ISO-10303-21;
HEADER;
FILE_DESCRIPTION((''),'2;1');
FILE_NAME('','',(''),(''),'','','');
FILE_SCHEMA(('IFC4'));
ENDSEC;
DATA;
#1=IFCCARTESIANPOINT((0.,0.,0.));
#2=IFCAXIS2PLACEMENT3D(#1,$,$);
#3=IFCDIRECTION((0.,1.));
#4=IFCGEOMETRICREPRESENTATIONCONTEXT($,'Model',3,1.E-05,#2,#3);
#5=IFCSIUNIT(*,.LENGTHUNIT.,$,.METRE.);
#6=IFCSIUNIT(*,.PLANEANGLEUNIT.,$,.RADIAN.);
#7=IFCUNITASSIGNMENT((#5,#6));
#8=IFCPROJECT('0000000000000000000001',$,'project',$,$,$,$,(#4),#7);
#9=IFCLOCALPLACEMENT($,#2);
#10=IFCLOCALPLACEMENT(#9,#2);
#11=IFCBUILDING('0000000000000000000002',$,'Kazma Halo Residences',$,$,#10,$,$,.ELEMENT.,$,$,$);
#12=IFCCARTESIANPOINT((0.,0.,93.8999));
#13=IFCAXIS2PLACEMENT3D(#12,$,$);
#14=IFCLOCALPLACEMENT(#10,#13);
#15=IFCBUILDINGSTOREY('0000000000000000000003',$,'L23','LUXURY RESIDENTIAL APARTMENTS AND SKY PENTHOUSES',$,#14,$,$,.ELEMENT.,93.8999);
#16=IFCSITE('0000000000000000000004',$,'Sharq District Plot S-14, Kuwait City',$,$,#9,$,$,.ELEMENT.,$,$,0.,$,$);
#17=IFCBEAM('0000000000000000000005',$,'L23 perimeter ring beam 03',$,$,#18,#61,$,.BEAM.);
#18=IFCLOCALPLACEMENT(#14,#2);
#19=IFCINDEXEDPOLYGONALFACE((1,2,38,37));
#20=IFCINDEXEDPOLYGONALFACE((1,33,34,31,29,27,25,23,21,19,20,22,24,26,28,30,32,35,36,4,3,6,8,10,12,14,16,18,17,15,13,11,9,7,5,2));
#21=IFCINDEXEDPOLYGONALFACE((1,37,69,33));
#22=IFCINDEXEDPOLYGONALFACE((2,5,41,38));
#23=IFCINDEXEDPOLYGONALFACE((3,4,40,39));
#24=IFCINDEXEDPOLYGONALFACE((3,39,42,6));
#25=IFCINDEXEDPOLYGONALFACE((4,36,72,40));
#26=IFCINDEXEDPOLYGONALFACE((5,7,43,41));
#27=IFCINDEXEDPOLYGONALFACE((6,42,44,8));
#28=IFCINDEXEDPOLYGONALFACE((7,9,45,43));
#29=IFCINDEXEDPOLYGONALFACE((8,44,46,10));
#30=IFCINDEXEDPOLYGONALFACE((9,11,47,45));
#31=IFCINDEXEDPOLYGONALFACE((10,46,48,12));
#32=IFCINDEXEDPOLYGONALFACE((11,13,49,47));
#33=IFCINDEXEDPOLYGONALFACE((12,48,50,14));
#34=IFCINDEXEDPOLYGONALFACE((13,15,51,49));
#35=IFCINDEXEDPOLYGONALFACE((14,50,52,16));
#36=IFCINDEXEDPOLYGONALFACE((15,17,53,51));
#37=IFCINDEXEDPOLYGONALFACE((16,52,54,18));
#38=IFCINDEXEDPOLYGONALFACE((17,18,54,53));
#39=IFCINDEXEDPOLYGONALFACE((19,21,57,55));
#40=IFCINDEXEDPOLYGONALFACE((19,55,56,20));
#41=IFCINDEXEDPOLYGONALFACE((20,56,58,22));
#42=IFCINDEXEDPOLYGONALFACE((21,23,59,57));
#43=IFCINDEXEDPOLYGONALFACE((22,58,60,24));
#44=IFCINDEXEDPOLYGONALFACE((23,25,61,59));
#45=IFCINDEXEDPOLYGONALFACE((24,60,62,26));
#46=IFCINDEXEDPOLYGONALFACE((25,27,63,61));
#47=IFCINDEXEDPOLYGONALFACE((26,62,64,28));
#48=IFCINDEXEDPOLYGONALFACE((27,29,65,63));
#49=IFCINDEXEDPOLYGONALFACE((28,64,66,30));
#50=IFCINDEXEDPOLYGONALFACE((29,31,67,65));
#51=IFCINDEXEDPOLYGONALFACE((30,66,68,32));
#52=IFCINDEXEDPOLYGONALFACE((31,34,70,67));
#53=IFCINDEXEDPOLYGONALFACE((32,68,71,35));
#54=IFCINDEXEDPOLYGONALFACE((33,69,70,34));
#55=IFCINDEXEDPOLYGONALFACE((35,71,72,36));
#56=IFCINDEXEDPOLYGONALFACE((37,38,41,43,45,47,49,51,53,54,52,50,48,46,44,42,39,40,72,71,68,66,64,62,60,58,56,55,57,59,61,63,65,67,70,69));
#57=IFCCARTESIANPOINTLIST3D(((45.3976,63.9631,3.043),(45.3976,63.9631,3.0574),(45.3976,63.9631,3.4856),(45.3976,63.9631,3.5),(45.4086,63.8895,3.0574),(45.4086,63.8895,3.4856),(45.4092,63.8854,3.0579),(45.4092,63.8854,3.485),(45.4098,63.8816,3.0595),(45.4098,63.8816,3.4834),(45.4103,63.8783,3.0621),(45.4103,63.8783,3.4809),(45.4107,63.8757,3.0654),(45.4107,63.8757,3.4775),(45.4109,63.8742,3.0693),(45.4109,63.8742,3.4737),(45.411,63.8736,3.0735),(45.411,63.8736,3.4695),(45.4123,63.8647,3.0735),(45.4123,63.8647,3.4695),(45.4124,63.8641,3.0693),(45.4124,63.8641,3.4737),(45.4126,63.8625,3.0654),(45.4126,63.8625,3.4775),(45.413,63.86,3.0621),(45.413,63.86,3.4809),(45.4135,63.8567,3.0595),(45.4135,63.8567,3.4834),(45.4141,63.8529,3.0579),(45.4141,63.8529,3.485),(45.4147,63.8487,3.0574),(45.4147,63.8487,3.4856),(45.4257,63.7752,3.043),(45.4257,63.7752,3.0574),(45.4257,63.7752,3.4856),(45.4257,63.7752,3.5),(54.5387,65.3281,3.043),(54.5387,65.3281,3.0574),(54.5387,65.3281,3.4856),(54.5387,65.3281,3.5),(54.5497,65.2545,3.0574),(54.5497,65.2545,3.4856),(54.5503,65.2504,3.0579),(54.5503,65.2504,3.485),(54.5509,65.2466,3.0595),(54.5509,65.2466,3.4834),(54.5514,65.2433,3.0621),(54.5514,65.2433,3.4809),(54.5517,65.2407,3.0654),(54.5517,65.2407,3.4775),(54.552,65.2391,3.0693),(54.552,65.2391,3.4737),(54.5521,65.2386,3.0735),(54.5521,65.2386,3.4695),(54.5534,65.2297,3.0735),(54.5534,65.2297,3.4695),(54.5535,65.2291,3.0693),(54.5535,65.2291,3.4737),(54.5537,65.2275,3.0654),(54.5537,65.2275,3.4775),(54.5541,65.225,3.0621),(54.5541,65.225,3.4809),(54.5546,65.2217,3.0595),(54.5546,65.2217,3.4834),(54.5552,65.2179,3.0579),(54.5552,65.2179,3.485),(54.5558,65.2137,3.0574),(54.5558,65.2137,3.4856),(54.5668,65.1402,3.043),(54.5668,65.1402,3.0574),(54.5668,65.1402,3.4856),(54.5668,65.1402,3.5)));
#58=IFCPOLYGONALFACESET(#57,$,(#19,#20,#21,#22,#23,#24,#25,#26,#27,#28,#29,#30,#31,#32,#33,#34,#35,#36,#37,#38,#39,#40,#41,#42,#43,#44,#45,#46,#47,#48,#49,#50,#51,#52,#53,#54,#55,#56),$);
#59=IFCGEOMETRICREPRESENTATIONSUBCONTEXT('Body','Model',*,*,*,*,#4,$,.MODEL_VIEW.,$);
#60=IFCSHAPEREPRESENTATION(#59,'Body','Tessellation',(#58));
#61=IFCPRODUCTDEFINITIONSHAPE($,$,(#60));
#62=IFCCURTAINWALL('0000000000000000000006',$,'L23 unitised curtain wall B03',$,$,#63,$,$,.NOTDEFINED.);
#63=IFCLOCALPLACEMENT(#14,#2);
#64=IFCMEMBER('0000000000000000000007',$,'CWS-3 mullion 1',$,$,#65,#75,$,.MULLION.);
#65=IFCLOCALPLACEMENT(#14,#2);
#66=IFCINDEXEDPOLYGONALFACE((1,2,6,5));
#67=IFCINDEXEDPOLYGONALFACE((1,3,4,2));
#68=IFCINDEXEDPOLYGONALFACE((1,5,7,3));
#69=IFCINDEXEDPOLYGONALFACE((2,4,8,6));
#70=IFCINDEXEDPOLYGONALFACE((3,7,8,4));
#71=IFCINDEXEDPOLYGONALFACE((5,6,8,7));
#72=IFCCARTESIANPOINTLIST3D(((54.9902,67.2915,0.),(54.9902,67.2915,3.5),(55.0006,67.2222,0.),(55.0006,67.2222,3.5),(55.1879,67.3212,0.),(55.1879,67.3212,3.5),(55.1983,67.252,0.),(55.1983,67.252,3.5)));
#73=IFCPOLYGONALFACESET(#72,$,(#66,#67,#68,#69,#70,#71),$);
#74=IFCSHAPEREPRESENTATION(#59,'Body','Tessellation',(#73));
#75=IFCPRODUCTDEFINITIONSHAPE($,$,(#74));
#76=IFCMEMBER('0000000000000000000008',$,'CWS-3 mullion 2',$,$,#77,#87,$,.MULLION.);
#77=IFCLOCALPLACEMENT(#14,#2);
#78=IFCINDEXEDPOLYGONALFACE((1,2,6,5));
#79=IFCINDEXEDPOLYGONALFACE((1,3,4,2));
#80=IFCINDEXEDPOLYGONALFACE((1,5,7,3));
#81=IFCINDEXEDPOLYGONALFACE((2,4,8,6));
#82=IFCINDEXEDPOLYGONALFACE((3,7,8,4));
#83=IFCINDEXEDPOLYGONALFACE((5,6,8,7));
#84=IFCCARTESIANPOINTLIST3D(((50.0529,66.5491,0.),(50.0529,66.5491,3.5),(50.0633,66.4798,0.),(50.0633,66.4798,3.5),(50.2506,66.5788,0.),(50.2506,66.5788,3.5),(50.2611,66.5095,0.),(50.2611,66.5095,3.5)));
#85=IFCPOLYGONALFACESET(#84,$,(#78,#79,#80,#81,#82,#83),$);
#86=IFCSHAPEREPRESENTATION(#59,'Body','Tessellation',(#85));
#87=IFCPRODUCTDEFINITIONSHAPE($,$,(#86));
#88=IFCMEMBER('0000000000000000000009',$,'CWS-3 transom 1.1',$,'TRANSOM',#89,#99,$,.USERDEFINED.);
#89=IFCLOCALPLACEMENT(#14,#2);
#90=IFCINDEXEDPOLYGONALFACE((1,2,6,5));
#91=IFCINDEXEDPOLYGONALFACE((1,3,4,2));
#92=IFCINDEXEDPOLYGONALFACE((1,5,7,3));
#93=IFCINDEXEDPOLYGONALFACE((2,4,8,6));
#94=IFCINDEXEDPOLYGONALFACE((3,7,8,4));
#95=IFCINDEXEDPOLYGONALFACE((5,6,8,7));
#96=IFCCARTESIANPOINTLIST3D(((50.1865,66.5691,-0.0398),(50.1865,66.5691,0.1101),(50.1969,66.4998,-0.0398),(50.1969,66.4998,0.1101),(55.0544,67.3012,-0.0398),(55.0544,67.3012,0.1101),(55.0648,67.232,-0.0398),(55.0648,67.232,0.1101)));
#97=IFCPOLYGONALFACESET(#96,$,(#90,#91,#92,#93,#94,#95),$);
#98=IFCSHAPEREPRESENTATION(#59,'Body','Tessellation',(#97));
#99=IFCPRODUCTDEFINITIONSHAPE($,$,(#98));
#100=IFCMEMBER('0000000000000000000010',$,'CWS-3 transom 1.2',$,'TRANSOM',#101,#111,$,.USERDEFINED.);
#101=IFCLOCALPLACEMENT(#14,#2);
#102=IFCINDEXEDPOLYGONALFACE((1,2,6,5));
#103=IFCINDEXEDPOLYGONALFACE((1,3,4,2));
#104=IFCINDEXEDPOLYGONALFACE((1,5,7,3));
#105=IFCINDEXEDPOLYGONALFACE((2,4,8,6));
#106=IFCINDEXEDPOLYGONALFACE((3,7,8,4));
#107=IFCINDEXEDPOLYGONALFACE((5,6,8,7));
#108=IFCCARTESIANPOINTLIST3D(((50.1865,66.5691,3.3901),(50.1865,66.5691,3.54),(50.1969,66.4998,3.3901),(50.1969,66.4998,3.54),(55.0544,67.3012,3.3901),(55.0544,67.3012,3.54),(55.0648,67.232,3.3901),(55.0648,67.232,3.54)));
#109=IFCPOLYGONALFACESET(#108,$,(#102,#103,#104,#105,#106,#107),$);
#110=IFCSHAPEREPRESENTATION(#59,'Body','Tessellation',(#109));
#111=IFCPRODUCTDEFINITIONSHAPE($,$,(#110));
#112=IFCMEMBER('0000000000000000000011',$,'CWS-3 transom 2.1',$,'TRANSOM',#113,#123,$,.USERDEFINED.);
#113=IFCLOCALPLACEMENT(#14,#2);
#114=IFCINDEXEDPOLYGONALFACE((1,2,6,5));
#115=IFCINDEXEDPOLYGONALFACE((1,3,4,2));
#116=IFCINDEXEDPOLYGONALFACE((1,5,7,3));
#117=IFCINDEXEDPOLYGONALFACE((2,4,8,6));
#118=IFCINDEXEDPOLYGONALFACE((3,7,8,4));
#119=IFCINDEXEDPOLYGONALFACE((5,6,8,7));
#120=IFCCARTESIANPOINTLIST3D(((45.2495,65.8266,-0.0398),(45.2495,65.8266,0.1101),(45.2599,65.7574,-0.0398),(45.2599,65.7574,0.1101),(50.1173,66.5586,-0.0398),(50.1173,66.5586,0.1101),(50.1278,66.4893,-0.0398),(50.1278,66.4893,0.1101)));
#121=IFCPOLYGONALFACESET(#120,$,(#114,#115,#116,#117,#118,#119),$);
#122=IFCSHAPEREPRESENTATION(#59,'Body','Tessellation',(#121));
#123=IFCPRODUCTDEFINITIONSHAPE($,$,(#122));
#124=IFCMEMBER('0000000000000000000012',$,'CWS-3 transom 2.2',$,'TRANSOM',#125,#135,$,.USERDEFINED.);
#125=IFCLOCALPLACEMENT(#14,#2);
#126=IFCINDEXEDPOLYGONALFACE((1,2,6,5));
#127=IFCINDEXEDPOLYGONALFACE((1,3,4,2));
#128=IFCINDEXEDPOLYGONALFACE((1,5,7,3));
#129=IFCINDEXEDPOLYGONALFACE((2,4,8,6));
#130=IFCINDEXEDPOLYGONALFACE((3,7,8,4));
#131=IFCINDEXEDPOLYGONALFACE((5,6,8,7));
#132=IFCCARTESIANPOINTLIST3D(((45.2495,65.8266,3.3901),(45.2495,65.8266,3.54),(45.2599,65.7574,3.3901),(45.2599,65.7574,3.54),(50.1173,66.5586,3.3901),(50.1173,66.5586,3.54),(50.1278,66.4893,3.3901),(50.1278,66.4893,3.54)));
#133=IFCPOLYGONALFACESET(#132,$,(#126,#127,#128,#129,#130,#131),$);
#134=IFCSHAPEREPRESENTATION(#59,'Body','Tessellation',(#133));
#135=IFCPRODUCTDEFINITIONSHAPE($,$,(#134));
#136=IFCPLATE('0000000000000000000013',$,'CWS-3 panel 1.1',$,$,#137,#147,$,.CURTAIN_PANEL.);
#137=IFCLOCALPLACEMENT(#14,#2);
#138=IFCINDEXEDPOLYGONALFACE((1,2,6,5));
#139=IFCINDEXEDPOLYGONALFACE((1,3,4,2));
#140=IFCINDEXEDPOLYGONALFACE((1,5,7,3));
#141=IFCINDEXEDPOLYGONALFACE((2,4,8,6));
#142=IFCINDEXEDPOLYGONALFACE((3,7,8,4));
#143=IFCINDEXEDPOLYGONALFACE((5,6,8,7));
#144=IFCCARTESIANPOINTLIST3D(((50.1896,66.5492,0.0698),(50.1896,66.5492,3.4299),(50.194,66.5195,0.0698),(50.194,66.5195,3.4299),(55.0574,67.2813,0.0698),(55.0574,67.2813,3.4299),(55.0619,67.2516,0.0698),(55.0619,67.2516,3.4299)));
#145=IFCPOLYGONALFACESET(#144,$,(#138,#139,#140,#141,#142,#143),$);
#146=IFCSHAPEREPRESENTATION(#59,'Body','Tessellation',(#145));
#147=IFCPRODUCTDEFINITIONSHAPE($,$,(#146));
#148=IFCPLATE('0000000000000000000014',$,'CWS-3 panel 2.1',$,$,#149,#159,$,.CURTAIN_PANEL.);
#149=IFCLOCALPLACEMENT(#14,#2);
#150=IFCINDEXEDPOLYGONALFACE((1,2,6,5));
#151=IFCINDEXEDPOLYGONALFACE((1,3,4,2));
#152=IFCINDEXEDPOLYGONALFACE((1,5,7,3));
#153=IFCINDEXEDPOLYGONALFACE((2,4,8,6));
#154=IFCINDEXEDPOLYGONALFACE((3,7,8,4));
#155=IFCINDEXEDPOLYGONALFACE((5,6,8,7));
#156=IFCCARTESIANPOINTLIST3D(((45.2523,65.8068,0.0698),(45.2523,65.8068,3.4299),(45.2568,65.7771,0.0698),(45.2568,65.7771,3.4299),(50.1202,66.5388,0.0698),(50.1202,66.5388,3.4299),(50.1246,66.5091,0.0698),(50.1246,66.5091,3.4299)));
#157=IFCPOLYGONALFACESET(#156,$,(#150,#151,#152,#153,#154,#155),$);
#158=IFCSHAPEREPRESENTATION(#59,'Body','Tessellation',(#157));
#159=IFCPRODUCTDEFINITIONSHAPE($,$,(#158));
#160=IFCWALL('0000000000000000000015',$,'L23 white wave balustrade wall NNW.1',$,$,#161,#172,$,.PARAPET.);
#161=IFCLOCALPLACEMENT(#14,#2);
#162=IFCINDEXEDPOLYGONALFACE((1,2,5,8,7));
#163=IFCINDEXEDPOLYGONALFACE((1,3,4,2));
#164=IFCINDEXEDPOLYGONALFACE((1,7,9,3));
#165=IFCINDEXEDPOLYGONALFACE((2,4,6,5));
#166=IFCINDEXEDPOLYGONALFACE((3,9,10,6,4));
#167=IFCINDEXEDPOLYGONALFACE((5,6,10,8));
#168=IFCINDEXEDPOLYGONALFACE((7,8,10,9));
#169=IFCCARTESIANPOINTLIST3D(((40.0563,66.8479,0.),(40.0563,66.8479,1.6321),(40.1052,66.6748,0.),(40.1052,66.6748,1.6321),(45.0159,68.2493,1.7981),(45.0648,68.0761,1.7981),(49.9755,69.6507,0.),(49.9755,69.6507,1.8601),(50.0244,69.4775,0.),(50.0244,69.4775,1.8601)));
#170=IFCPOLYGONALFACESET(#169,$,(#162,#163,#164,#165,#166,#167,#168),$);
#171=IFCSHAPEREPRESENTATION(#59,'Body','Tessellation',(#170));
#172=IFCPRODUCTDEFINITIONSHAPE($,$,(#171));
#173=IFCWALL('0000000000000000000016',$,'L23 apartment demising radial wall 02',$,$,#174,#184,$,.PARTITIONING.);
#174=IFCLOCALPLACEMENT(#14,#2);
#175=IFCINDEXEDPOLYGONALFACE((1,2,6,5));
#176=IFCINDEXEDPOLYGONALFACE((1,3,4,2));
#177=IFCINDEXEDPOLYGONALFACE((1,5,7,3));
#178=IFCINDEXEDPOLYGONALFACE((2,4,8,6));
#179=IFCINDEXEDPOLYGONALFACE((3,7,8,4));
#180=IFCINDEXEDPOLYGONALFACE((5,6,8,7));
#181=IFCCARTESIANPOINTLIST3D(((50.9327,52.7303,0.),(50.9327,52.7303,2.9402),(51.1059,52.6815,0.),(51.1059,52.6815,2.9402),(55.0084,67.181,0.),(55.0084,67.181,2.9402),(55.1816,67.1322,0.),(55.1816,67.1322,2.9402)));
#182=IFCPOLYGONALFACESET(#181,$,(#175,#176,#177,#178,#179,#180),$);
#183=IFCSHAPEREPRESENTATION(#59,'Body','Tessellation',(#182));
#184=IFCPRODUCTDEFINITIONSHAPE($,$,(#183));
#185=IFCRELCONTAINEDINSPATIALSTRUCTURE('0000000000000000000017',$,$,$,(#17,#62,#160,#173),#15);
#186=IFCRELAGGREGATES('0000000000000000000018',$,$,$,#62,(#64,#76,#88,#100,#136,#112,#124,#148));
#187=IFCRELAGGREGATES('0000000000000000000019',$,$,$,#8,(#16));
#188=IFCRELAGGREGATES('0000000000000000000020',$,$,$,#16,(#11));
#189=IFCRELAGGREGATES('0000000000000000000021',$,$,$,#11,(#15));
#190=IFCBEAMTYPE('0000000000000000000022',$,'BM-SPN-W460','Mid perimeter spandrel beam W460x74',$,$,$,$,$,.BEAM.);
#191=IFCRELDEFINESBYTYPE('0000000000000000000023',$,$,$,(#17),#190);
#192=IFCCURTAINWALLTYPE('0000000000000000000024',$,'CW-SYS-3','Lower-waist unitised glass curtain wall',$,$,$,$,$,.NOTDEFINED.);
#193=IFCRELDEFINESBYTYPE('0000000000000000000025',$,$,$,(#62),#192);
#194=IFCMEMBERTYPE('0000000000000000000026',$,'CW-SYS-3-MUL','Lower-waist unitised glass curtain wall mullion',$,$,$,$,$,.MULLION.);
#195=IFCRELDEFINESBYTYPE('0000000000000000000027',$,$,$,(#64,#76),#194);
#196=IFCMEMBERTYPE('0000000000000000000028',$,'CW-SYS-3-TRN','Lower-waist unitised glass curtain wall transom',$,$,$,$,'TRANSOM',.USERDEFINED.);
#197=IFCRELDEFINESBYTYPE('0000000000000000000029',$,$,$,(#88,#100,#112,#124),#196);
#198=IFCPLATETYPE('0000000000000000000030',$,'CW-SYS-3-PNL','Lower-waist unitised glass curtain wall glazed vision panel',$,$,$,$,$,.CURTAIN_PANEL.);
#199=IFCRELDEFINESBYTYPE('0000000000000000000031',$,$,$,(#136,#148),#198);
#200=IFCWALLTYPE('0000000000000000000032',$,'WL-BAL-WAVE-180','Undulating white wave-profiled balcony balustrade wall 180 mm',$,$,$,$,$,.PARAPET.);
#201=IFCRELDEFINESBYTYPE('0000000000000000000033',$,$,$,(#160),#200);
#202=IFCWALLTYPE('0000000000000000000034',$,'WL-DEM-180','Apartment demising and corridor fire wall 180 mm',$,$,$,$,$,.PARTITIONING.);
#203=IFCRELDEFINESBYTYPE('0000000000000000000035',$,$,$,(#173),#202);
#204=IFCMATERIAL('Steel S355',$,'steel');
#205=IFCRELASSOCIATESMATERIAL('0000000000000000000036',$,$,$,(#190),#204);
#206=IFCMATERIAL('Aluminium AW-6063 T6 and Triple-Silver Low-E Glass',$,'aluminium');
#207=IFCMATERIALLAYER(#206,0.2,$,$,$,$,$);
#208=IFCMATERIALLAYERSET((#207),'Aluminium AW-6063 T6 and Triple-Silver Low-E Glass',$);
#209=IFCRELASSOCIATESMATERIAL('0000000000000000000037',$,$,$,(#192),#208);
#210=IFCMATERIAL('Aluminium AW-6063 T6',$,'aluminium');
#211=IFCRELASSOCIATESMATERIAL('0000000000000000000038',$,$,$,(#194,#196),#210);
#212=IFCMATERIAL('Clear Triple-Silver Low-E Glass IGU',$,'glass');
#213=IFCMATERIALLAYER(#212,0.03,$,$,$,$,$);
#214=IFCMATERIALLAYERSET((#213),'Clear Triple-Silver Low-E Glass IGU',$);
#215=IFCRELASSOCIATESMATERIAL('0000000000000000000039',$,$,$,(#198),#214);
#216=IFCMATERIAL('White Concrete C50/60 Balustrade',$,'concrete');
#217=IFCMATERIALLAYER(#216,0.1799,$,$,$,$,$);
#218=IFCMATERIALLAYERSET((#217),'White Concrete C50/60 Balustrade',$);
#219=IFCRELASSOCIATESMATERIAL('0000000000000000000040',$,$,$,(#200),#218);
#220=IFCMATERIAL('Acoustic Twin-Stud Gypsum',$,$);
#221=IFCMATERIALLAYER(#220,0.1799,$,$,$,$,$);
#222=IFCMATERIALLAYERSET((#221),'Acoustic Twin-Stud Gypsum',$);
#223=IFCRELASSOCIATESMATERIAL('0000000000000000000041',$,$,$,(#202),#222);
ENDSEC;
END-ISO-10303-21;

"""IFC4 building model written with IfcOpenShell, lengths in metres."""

from ifc_helpers import new_model, si_unit, direction, frame, frame_2d, origin, origin_2d, place, context, subcontext, project, spatial, polyline, rectangle, i_section, outline, extrude, material, layer, layer_set, material_profile, profile_set, type_object, element, aggregate, save


model = new_model("IFC4")

# Units and contexts
model_context = context("Model", 3, precision=1e-05, world=origin(), true_north=direction((0.0, 1.0)))
body_context = subcontext(model_context, "Body", "Model", "MODEL_VIEW")
ifc_project = project(units=[si_unit("LENGTHUNIT", "METRE"), si_unit("PLANEANGLEUNIT", "RADIAN")], contexts=[model_context])

# Site, building, storey
site_placement = place(None, origin())
site = spatial("IfcSite", under=ifc_project, at=site_placement, Name="Sharq District Plot S-14, Kuwait City", CompositionType="ELEMENT", RefElevation=0.0)
building_placement = place(site_placement, origin())
building = spatial("IfcBuilding", under=site, at=building_placement, Name="Kazma Halo Residences", CompositionType="ELEMENT")
storey_placement = place(building_placement, frame((0.0, 0.0, 93.8999)))
storey = spatial("IfcBuildingStorey", under=building, at=storey_placement, Name="L23", Description="LUXURY RESIDENTIAL APARTMENTS AND SKY PENTHOUSES", CompositionType="ELEMENT", Elevation=93.8999)

# Beam
ifc_material_1 = material(Name="Steel S355", Category="steel")
ifc_material_profile_1 = material_profile(ifc_material_1, i_section(OverallWidth=0.1899, OverallDepth=0.457, WebThickness=0.009, FlangeThickness=0.0144, FilletRadius=0.0161, at=origin_2d()), Name="W460x74")
ifc_profile_set_1 = profile_set([ifc_material_profile_1], Name="Steel S355")
beam_type_1 = type_object("IfcBeamType", Name="BM-SPN-W460", Description="Mid perimeter spandrel beam W460x74", PredefinedType="BEAM", material=ifc_profile_set_1)
beam_1_placement = place(storey_placement, frame((54.5527, 65.2341, 3.2715), z_axis=(-0.989034, -0.147687, 0.0), x_axis=(0.147687, -0.989034, 0.0)))
element("IfcBeam", 1, at=beam_1_placement, inside=storey, type_object=beam_type_1, Name="L23 perimeter ring beam 03", PredefinedType="BEAM", context=body_context, shape_type="SweptSolid", body=[
    extrude(i_section(OverallWidth=0.1899, OverallDepth=0.457, WebThickness=0.009, FlangeThickness=0.0144, FilletRadius=0.0161, at=origin_2d()), origin(), (0.0, 0.0, 1.0), 9.2424),
])

# Curtain wall, members, plates
ifc_material_2 = material(Name="Aluminium AW-6063 T6 and Triple-Silver Low-E Glass", Category="aluminium")
ifc_layer_1 = layer(ifc_material_2, 0.2)
ifc_layer_set_1 = layer_set([ifc_layer_1], Name="Aluminium AW-6063 T6 and Triple-Silver Low-E Glass")
curtain_wall_type = type_object("IfcCurtainWallType", Name="CW-SYS-3", Description="Lower-waist unitised glass curtain wall", PredefinedType="NOTDEFINED", material=ifc_layer_set_1)
curtain_wall_placement = place(storey_placement, origin())
curtain_wall = element("IfcCurtainWall", 2, at=curtain_wall_placement, inside=storey, type_object=curtain_wall_type, Name="L23 unitised curtain wall B03", PredefinedType="NOTDEFINED")
ifc_material_3 = material(Name="Aluminium AW-6063 T6", Category="aluminium")
ifc_material_profile_2 = material_profile(ifc_material_3, rectangle(XDim=0.0701, YDim=0.2, at=origin_2d()), Name="CWM-70x200")
ifc_profile_set_2 = profile_set([ifc_material_profile_2], Name="Aluminium AW-6063 T6")
member_type_1 = type_object("IfcMemberType", Name="CW-SYS-3-MUL", Description="Lower-waist unitised glass curtain wall mullion", PredefinedType="MULLION", material=ifc_profile_set_2)
member_1_placement = place(storey_placement, frame((55.0942, 67.2717, 0.0), z_axis=(0.0, 0.0, 1.0), x_axis=(0.148717, -0.98888, 0.0)))
member_1 = element("IfcMember", 3, at=member_1_placement, type_object=member_type_1, Name="CWS-3 mullion 1", PredefinedType="MULLION", context=body_context, shape_type="SweptSolid", body=[
    extrude(rectangle(XDim=0.0701, YDim=0.2, at=origin_2d()), origin(), (0.0, 0.0, 1.0), 3.5),
])
member_2_placement = place(storey_placement, frame((50.157, 66.5293, 0.0), z_axis=(0.0, 0.0, 1.0), x_axis=(0.148717, -0.98888, 0.0)))
member_2 = element("IfcMember", 4, at=member_2_placement, type_object=member_type_1, Name="CWS-3 mullion 2", PredefinedType="MULLION", context=body_context, shape_type="SweptSolid", body=[
    extrude(rectangle(XDim=0.0701, YDim=0.2, at=origin_2d()), origin(), (0.0, 0.0, 1.0), 3.5),
])
ifc_material_profile_3 = material_profile(ifc_material_3, rectangle(XDim=0.0701, YDim=0.1499, at=origin_2d()), Name="CWT-70x150")
ifc_profile_set_3 = profile_set([ifc_material_profile_3], Name="Aluminium AW-6063 T6")
member_type_2 = type_object("IfcMemberType", Name="CW-SYS-3-TRN", Description="Lower-waist unitised glass curtain wall transom", ElementType="TRANSOM", PredefinedType="USERDEFINED", material=ifc_profile_set_3)
member_3_placement = place(storey_placement, frame((55.0596, 67.2666, 0.0352), z_axis=(-0.988877, -0.148736, 0.0), x_axis=(0.148736, -0.988877, 0.0)))
member_3 = element("IfcMember", 5, at=member_3_placement, type_object=member_type_2, Name="CWS-3 transom 1.1", ObjectType="TRANSOM", PredefinedType="USERDEFINED", context=body_context, shape_type="SweptSolid", body=[
    extrude(rectangle(XDim=0.0701, YDim=0.1499, at=origin_2d()), origin(), (0.0, 0.0, 1.0), 4.9226),
])
member_4_placement = place(storey_placement, frame((55.0596, 67.2666, 3.4651), z_axis=(-0.988877, -0.148736, 0.0), x_axis=(0.148736, -0.988877, 0.0)))
member_4 = element("IfcMember", 6, at=member_4_placement, type_object=member_type_2, Name="CWS-3 transom 1.2", ObjectType="TRANSOM", PredefinedType="USERDEFINED", context=body_context, shape_type="SweptSolid", body=[
    extrude(rectangle(XDim=0.0701, YDim=0.1499, at=origin_2d()), origin(), (0.0, 0.0, 1.0), 4.9226),
])
member_5_placement = place(storey_placement, frame((50.1226, 66.5239, 0.0352), z_axis=(-0.988884, -0.148687, 0.0), x_axis=(0.148687, -0.988884, 0.0)))
member_5 = element("IfcMember", 7, at=member_5_placement, type_object=member_type_2, Name="CWS-3 transom 2.1", ObjectType="TRANSOM", PredefinedType="USERDEFINED", context=body_context, shape_type="SweptSolid", body=[
    extrude(rectangle(XDim=0.0701, YDim=0.1499, at=origin_2d()), origin(), (0.0, 0.0, 1.0), 4.9226),
])
member_6_placement = place(storey_placement, frame((50.1226, 66.5239, 3.4651), z_axis=(-0.988884, -0.148687, 0.0), x_axis=(0.148687, -0.988884, 0.0)))
member_6 = element("IfcMember", 8, at=member_6_placement, type_object=member_type_2, Name="CWS-3 transom 2.2", ObjectType="TRANSOM", PredefinedType="USERDEFINED", context=body_context, shape_type="SweptSolid", body=[
    extrude(rectangle(XDim=0.0701, YDim=0.1499, at=origin_2d()), origin(), (0.0, 0.0, 1.0), 4.9226),
])
ifc_material_4 = material(Name="Clear Triple-Silver Low-E Glass IGU", Category="glass")
ifc_layer_2 = layer(ifc_material_4, 0.03)
ifc_layer_set_2 = layer_set([ifc_layer_2], Name="Clear Triple-Silver Low-E Glass IGU")
plate_type = type_object("IfcPlateType", Name="CW-SYS-3-PNL", Description="Lower-waist unitised glass curtain wall glazed vision panel", PredefinedType="CURTAIN_PANEL", material=ifc_layer_set_2)
plate_1_placement = place(storey_placement, frame((52.6257, 66.9004, 0.0698), z_axis=(0.0, 0.0, 1.0), x_axis=(-0.98888, -0.148717, 0.0)))
plate_1 = element("IfcPlate", 9, at=plate_1_placement, type_object=plate_type, Name="CWS-3 panel 1.1", PredefinedType="CURTAIN_PANEL", context=body_context, shape_type="SweptSolid", body=[
    extrude(rectangle(XDim=4.9226, YDim=0.03, at=origin_2d()), origin(), (0.0, 0.0, 1.0), 3.3601),
])
plate_2_placement = place(storey_placement, frame((47.6885, 66.158, 0.0698), z_axis=(0.0, 0.0, 1.0), x_axis=(-0.98888, -0.148717, 0.0)))
plate_2 = element("IfcPlate", 10, at=plate_2_placement, type_object=plate_type, Name="CWS-3 panel 2.1", PredefinedType="CURTAIN_PANEL", context=body_context, shape_type="SweptSolid", body=[
    extrude(rectangle(XDim=4.9226, YDim=0.03, at=origin_2d()), origin(), (0.0, 0.0, 1.0), 3.3601),
])
aggregate(curtain_wall, [member_1, member_2, member_3, member_4, plate_1, member_5, member_6, plate_2])

# Walls
ifc_material_5 = material(Name="White Concrete C50/60 Balustrade", Category="concrete")
ifc_layer_3 = layer(ifc_material_5, 0.1799)
ifc_layer_set_3 = layer_set([ifc_layer_3], Name="White Concrete C50/60 Balustrade")
wall_type_1 = type_object("IfcWallType", Name="WL-BAL-WAVE-180", Description="Undulating white wave-profiled balcony balustrade wall 180 mm", PredefinedType="PARAPET", material=ifc_layer_set_3)
wall_1_placement = place(storey_placement, frame((50.0, 69.564, 0.0), z_axis=(0.0, 0.0, 1.0), x_axis=(-0.962322, -0.271911, 0.0)))
element("IfcWall", 11, at=wall_1_placement, inside=storey, type_object=wall_type_1, Name="L23 white wave balustrade wall NNW.1", PredefinedType="PARAPET", context=body_context, shape_type="SweptSolid", body=[
    extrude(outline(polyline([(0.0, 0.0), (10.3076, 0.0), (10.3076, 1.6321), (5.1538, 1.7981), (0.0, 1.8601), (0.0, 0.0)])), frame((0.0, 0.0898, 0.0), z_axis=(0.0, -1.0, 0.0), x_axis=(1.0, 0.0, 0.0)), (0.0, 0.0, 1.0), 0.1799),
])
ifc_material_6 = material(Name="Acoustic Twin-Stud Gypsum")
ifc_layer_4 = layer(ifc_material_6, 0.1799)
ifc_layer_set_4 = layer_set([ifc_layer_4], Name="Acoustic Twin-Stud Gypsum")
wall_type_2 = type_object("IfcWallType", Name="WL-DEM-180", Description="Apartment demising and corridor fire wall 180 mm", PredefinedType="PARTITIONING", material=ifc_layer_set_4)
wall_2_placement = place(storey_placement, frame((51.0193, 52.7058, 0.0), z_axis=(0.0, 0.0, 1.0), x_axis=(0.271451, 0.962452, 0.0)))
element("IfcWall", 12, at=wall_2_placement, inside=storey, type_object=wall_type_2, Name="L23 apartment demising radial wall 02", PredefinedType="PARTITIONING", context=body_context, shape_type="SweptSolid", body=[
    extrude(rectangle(XDim=15.0144, YDim=0.1799, at=frame_2d((7.5073, 0.0))), origin(), (0.0, 0.0, 1.0), 2.9402),
])

save(model, "model.ifc")
